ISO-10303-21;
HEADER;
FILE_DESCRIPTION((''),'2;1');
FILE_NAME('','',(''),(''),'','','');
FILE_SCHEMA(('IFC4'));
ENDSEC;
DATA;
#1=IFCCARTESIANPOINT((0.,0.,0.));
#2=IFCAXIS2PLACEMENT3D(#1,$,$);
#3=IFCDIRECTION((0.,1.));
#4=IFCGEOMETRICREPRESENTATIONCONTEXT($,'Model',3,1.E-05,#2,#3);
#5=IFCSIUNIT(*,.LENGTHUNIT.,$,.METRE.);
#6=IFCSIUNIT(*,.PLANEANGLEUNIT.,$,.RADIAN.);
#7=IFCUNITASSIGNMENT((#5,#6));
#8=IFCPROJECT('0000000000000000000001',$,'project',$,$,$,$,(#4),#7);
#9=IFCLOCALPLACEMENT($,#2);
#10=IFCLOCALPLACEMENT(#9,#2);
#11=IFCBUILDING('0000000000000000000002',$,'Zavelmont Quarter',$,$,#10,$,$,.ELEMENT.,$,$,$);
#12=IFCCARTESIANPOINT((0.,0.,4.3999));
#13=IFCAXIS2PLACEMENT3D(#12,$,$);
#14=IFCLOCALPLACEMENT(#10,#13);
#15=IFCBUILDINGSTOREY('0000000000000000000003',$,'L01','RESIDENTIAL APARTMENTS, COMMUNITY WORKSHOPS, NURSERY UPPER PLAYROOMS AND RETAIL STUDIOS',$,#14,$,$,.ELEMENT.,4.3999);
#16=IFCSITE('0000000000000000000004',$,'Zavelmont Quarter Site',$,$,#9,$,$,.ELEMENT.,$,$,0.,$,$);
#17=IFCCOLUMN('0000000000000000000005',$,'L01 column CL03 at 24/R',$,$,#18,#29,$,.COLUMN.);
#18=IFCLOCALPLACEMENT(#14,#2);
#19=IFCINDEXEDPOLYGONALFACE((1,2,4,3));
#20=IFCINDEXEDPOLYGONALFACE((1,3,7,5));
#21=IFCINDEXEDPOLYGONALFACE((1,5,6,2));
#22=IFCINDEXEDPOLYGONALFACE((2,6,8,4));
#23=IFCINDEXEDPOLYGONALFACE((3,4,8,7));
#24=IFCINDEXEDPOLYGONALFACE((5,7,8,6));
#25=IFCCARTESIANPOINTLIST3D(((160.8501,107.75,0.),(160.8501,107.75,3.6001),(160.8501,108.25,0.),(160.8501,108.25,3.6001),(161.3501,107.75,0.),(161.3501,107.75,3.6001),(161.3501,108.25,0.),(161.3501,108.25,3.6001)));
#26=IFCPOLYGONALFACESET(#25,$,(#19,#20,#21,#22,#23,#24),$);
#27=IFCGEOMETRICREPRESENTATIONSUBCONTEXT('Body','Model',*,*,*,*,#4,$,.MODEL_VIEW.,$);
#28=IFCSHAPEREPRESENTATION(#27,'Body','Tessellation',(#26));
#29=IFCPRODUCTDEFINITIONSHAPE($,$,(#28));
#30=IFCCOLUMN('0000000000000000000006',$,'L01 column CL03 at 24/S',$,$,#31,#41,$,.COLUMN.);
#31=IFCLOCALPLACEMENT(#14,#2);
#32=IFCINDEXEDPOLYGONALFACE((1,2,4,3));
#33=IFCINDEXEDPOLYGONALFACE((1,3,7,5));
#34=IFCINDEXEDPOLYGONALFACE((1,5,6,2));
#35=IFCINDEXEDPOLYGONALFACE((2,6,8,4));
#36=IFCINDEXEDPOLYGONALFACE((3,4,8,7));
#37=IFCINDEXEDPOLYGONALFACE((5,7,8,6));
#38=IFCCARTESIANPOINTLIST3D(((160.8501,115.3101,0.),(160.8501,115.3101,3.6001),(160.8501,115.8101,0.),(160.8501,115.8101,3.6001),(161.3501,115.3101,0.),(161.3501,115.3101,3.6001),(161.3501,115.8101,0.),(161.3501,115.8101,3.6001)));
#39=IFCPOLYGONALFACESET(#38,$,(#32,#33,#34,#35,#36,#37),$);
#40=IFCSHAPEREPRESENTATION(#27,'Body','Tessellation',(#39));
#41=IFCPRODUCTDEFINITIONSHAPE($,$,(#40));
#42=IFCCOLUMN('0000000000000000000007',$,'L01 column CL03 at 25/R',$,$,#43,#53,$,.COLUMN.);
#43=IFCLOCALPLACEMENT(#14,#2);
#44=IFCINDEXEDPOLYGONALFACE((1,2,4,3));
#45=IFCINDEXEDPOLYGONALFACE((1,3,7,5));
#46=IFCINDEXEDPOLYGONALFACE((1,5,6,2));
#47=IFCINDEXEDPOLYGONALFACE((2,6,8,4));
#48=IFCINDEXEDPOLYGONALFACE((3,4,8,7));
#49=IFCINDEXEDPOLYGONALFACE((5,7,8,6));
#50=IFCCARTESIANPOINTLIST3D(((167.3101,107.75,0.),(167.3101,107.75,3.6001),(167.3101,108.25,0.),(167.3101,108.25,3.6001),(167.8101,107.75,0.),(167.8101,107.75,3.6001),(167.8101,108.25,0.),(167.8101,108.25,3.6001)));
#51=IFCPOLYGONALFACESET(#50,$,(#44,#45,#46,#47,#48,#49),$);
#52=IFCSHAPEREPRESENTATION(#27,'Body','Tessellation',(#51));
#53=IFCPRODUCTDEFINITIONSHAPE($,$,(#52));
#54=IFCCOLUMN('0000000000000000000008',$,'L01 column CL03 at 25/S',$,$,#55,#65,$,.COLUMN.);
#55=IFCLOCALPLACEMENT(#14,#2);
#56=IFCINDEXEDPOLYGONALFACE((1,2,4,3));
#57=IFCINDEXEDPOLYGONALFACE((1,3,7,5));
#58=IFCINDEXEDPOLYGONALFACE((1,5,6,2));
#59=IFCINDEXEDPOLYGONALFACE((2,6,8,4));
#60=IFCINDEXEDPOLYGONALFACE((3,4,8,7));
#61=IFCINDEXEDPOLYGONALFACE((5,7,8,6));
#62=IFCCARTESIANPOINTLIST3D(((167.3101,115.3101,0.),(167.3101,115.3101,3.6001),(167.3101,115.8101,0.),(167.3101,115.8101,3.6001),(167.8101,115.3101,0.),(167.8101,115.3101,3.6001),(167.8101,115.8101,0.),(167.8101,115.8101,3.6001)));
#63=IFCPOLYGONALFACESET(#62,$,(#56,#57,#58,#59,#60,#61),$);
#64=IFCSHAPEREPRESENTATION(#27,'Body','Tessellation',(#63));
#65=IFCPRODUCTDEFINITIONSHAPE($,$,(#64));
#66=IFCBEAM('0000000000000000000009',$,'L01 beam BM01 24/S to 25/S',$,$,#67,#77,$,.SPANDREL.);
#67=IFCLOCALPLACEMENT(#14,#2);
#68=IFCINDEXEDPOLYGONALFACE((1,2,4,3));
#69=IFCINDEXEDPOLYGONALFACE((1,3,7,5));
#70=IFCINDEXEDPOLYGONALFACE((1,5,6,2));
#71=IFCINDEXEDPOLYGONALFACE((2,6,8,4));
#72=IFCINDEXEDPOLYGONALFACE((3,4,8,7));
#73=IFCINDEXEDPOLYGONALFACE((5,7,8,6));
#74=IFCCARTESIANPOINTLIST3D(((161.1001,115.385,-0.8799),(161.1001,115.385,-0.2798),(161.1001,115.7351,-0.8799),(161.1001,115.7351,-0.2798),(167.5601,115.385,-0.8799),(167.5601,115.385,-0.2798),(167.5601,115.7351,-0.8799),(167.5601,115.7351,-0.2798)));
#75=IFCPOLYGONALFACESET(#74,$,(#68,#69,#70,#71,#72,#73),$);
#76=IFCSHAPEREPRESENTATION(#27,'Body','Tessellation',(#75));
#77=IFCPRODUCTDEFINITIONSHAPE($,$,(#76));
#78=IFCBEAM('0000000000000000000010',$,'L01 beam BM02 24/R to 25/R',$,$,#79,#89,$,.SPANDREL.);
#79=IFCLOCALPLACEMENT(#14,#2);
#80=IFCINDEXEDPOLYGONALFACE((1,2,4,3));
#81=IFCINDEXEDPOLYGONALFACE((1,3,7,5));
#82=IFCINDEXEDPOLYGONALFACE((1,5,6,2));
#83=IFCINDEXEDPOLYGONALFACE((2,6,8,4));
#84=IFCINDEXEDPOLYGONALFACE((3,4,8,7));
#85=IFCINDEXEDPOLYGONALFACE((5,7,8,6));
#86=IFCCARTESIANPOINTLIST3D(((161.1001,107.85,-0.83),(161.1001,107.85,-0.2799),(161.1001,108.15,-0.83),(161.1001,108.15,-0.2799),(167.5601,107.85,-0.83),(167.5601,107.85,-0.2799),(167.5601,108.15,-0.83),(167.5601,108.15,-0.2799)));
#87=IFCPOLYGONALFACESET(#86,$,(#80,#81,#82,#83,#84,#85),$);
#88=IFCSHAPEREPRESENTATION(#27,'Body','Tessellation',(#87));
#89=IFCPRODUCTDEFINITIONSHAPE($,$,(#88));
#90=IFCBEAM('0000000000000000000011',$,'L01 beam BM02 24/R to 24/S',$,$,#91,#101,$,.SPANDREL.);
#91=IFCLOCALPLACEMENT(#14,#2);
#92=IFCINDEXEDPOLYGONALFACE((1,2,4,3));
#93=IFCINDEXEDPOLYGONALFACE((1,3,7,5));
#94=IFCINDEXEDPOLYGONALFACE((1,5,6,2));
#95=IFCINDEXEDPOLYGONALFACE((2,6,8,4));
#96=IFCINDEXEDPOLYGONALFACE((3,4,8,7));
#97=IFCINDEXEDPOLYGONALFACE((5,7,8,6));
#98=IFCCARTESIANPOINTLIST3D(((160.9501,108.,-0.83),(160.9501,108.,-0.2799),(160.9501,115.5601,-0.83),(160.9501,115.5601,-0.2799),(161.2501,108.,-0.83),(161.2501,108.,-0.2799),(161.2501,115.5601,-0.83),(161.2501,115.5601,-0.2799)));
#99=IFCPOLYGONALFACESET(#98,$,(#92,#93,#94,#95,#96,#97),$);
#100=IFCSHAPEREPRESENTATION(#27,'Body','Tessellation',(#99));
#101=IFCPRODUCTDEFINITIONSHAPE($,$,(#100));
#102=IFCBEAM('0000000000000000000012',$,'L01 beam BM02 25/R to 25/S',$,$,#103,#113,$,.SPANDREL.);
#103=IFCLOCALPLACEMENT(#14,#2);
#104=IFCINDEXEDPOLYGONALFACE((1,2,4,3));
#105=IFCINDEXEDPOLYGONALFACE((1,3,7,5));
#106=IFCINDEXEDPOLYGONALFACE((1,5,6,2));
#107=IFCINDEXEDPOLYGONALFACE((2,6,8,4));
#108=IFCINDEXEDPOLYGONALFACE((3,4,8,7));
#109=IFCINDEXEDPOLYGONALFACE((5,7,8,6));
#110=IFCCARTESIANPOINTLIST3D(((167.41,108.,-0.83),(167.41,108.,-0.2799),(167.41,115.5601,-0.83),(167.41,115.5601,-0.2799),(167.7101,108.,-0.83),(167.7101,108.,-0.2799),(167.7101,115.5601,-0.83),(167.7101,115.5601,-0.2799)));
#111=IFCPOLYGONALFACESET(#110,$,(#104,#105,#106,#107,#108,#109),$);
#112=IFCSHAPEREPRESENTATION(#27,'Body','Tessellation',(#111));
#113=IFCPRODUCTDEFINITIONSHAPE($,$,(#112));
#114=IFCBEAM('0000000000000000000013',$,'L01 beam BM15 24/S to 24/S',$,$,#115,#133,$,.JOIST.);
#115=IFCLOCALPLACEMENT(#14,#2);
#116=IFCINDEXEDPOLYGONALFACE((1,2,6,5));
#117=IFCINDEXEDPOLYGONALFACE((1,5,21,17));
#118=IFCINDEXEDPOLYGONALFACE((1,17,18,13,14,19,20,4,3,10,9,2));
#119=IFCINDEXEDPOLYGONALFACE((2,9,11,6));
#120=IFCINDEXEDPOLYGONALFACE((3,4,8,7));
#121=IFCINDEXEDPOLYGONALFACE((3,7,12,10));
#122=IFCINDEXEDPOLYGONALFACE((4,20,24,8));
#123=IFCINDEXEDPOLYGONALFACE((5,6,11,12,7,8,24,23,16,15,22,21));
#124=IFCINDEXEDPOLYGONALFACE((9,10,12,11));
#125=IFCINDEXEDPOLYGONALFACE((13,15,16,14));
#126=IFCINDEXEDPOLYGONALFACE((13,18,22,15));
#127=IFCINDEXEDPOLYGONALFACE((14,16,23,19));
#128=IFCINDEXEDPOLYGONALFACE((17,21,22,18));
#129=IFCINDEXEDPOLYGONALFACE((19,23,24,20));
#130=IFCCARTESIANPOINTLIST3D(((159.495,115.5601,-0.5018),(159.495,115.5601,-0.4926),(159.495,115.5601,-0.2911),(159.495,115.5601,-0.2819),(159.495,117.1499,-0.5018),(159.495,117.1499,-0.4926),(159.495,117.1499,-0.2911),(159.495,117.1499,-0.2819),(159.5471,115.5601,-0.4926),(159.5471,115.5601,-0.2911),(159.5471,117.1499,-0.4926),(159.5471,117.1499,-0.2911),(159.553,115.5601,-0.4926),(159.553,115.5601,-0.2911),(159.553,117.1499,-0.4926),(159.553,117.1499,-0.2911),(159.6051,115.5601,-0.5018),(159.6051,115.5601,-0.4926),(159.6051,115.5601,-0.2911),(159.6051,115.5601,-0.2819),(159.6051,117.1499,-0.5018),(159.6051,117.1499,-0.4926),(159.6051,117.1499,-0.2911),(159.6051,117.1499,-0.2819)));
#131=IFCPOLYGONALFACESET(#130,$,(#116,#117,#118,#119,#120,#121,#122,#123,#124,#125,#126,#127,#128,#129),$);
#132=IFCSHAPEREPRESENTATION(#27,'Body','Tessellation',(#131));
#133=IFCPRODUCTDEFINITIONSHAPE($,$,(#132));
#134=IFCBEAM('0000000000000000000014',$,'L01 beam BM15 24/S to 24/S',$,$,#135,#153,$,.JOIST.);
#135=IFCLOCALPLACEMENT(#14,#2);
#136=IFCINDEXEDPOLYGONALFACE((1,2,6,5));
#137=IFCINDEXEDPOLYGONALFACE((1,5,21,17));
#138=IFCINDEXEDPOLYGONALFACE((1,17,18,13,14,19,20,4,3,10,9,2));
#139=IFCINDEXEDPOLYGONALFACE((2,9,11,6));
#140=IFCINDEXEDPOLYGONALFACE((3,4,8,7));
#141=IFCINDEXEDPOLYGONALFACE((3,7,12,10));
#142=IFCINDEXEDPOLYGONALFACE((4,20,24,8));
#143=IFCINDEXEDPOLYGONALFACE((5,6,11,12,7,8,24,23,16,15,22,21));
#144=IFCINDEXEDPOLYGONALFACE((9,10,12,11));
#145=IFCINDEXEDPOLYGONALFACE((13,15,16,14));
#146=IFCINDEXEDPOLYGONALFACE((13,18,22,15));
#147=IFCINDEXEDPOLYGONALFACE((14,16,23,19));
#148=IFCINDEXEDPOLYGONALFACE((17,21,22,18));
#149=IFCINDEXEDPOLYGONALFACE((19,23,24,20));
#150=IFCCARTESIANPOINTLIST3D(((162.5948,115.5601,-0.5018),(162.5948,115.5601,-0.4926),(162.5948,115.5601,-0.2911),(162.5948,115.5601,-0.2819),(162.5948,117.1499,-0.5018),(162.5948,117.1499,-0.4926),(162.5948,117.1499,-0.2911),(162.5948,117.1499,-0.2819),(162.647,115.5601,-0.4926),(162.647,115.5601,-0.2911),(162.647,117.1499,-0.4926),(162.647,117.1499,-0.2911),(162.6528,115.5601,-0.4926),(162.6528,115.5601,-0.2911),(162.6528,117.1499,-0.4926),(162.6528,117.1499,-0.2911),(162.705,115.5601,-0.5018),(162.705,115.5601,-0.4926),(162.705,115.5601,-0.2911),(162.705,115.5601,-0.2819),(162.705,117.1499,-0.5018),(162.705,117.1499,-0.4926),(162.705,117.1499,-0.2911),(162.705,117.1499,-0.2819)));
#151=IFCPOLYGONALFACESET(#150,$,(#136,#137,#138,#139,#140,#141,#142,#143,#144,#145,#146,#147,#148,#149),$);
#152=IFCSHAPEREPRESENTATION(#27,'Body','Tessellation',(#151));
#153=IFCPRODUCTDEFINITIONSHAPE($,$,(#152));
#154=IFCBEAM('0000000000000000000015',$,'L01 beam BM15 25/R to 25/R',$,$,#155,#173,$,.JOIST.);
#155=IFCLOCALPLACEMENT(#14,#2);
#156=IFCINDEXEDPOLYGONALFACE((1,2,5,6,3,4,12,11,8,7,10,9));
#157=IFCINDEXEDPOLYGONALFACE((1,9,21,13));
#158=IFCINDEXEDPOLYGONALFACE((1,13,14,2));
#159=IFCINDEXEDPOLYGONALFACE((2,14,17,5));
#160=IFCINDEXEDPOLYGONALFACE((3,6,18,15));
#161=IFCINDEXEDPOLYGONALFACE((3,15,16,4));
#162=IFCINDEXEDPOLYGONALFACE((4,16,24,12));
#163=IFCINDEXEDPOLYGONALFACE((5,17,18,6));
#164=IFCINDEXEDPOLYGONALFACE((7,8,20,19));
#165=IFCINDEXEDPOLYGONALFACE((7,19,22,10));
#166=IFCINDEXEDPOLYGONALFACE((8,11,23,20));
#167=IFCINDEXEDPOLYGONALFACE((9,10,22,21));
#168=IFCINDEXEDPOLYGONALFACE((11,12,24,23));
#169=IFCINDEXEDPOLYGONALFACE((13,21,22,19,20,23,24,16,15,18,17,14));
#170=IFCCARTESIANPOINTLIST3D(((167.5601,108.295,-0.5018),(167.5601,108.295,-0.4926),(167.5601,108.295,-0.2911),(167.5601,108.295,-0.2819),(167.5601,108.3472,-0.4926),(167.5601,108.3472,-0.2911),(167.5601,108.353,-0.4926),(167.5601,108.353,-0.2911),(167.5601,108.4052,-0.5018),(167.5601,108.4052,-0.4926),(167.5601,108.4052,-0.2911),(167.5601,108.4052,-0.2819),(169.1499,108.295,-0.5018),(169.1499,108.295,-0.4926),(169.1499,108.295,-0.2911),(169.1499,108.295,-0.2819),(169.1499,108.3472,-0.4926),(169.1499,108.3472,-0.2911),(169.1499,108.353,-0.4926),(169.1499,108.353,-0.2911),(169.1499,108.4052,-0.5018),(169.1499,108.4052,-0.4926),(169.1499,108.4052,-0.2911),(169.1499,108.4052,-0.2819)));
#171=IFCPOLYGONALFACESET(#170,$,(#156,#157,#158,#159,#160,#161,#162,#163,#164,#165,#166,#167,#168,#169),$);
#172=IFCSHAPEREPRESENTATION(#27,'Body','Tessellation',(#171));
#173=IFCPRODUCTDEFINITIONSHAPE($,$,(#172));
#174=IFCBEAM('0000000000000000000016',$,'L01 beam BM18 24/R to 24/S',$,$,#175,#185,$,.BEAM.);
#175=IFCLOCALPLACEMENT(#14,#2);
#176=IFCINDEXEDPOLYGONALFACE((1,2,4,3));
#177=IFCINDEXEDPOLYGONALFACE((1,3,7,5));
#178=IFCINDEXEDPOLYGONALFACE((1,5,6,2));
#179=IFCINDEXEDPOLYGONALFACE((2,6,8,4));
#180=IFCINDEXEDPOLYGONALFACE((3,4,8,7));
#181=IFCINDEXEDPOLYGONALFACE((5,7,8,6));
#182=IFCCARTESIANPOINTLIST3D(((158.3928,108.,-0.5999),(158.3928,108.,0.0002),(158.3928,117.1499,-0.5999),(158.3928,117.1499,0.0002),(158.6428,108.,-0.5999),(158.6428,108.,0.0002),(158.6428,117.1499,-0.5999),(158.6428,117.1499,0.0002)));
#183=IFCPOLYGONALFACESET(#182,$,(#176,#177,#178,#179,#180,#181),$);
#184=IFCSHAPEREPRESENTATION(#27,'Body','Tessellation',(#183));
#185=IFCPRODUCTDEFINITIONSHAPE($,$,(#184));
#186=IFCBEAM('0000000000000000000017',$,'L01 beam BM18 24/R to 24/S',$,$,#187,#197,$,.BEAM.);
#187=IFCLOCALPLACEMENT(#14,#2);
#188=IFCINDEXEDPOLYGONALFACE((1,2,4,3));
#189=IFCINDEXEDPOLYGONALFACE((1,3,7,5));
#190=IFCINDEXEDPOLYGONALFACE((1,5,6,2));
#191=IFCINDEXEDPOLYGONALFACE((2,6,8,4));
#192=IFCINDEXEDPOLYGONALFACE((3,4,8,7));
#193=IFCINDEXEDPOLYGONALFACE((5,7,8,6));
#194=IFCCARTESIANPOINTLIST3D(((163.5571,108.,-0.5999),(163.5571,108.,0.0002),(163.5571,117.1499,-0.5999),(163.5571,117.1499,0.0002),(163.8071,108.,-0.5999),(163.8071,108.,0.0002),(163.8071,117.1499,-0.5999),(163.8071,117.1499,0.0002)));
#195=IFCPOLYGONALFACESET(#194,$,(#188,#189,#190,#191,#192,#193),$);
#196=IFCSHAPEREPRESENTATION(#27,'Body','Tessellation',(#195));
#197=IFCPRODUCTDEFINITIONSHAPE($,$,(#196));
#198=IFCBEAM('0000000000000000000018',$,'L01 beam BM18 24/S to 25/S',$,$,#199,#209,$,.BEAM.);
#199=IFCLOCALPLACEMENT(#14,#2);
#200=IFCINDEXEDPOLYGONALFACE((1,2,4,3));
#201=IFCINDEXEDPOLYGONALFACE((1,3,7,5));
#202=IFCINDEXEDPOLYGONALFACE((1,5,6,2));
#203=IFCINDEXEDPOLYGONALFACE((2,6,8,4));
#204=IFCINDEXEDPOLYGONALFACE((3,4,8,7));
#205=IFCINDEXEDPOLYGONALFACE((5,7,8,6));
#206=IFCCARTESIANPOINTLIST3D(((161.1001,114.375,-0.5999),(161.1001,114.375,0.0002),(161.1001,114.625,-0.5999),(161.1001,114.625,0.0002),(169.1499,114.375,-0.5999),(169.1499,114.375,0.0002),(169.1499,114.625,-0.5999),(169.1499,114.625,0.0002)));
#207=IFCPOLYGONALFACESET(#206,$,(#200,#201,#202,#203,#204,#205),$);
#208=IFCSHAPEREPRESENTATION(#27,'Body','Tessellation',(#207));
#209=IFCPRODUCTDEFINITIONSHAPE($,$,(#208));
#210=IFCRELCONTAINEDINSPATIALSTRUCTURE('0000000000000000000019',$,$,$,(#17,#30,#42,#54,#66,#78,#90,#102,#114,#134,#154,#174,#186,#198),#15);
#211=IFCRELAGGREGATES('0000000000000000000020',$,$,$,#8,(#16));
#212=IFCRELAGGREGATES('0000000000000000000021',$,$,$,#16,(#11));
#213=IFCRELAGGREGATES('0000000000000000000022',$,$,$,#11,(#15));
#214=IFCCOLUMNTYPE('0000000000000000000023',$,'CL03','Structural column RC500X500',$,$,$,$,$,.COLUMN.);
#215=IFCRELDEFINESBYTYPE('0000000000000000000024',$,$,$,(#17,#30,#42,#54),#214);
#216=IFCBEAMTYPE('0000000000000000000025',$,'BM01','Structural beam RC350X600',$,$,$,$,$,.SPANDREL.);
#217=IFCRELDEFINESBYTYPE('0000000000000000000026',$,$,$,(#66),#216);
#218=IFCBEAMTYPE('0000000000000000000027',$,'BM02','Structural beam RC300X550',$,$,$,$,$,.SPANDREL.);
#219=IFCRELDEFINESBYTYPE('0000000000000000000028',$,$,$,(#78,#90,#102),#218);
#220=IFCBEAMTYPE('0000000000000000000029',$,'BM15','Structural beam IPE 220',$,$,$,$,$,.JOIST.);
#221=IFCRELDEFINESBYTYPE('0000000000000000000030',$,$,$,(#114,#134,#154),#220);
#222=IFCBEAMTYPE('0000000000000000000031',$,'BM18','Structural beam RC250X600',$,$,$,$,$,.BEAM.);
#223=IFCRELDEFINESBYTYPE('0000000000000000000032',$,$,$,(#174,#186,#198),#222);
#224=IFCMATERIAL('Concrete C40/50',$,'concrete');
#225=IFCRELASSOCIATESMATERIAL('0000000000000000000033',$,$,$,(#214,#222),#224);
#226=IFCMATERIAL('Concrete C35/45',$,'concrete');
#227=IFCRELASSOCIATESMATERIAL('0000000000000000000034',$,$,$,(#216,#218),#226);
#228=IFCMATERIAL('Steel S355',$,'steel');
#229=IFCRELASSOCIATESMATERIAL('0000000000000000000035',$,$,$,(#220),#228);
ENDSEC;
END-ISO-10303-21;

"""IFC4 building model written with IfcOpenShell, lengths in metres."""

from ifc_helpers import new_model, si_unit, direction, frame, origin, origin_2d, place, context, subcontext, project, spatial, rectangle, i_section, extrude, material, material_profile, profile_set, type_object, element, save


model = new_model("IFC4")

# Units and contexts
model_context = context("Model", 3, precision=1e-05, world=origin(), true_north=direction((0.0, 1.0)))
body_context = subcontext(model_context, "Body", "Model", "MODEL_VIEW")
ifc_project = project(units=[si_unit("LENGTHUNIT", "METRE"), si_unit("PLANEANGLEUNIT", "RADIAN")], contexts=[model_context])

# Site, building, storey
site_placement = place(None, origin())
site = spatial("IfcSite", under=ifc_project, at=site_placement, Name="Zavelmont Quarter Site", CompositionType="ELEMENT", RefElevation=0.0)
building_placement = place(site_placement, origin())
building = spatial("IfcBuilding", under=site, at=building_placement, Name="Zavelmont Quarter", CompositionType="ELEMENT")
storey_placement = place(building_placement, frame((0.0, 0.0, 4.3999)))
storey = spatial("IfcBuildingStorey", under=building, at=storey_placement, Name="L01", Description="RESIDENTIAL APARTMENTS, COMMUNITY WORKSHOPS, NURSERY UPPER PLAYROOMS AND RETAIL STUDIOS", CompositionType="ELEMENT", Elevation=4.3999)

# Columns
ifc_material_1 = material(Name="Concrete C40/50", Category="concrete")
ifc_material_profile_1 = material_profile(ifc_material_1, rectangle(XDim=0.5, YDim=0.5, at=origin_2d()), Name="RC500X500")
ifc_profile_set_1 = profile_set([ifc_material_profile_1], Name="Concrete C40/50")
column_type = type_object("IfcColumnType", Name="CL03", Description="Structural column RC500X500", PredefinedType="COLUMN", material=ifc_profile_set_1)
for number, where, z_axis, x_axis, name in (
    (1, (161.1001, 108.0, 0.0), (0.0, 0.0, 1.0), (1.0, 0.0, 0.0), "L01 column CL03 at 24/R"),
    (2, (161.1001, 115.5601, 0.0), (0.0, 0.0, 1.0), (1.0, 0.0, 0.0), "L01 column CL03 at 24/S"),
    (3, (167.5601, 108.0, 0.0), (0.0, 0.0, 1.0), (1.0, 0.0, 0.0), "L01 column CL03 at 25/R"),
    (4, (167.5601, 115.5601, 0.0), (0.0, 0.0, 1.0), (1.0, 0.0, 0.0), "L01 column CL03 at 25/S"),
):
    element("IfcColumn", number, at=place(storey_placement, frame(where, z_axis=z_axis, x_axis=x_axis)), inside=storey, type_object=column_type, Name=name, PredefinedType="COLUMN", context=body_context, shape_type="SweptSolid", body=[
        extrude(rectangle(XDim=0.5, YDim=0.5, at=origin_2d()), origin(), (0.0, 0.0, 1.0), 3.6001),
    ])

# Beams
ifc_material_2 = material(Name="Concrete C35/45", Category="concrete")
ifc_material_profile_2 = material_profile(ifc_material_2, rectangle(XDim=0.3501, YDim=0.6001, at=origin_2d()), Name="RC350X600")
ifc_profile_set_2 = profile_set([ifc_material_profile_2], Name="Concrete C35/45")
beam_type_1 = type_object("IfcBeamType", Name="BM01", Description="Structural beam RC350X600", PredefinedType="SPANDREL", material=ifc_profile_set_2)
beam_1_placement = place(storey_placement, frame((161.1001, 115.5601, -0.5798), z_axis=(1.0, 0.0, 0.0), x_axis=(0.0, 1.0, 0.0)))
element("IfcBeam", 5, at=beam_1_placement, inside=storey, type_object=beam_type_1, Name="L01 beam BM01 24/S to 25/S", PredefinedType="SPANDREL", context=body_context, shape_type="SweptSolid", body=[
    extrude(rectangle(XDim=0.3501, YDim=0.6001, at=origin_2d()), origin(), (0.0, 0.0, 1.0), 6.46),
])
ifc_material_profile_3 = material_profile(ifc_material_2, rectangle(XDim=0.3, YDim=0.55, at=origin_2d()), Name="RC300X550")
ifc_profile_set_3 = profile_set([ifc_material_profile_3], Name="Concrete C35/45")
beam_type_2 = type_object("IfcBeamType", Name="BM02", Description="Structural beam RC300X550", PredefinedType="SPANDREL", material=ifc_profile_set_3)
beam_2_placement = place(storey_placement, frame((161.1001, 108.0, -0.5549), z_axis=(1.0, 0.0, 0.0), x_axis=(0.0, 1.0, 0.0)))
element("IfcBeam", 6, at=beam_2_placement, inside=storey, type_object=beam_type_2, Name="L01 beam BM02 24/R to 25/R", PredefinedType="SPANDREL", context=body_context, shape_type="SweptSolid", body=[
    extrude(rectangle(XDim=0.3, YDim=0.55, at=origin_2d()), origin(), (0.0, 0.0, 1.0), 6.46),
])
for number, where, z_axis, x_axis, name in (
    (7, (161.1001, 108.0, -0.5549), (0.0, 1.0, 0.0), (-1.0, 0.0, 0.0), "L01 beam BM02 24/R to 24/S"),
    (8, (167.5601, 108.0, -0.5549), (0.0, 1.0, 0.0), (-1.0, 0.0, 0.0), "L01 beam BM02 25/R to 25/S"),
):
    element("IfcBeam", number, at=place(storey_placement, frame(where, z_axis=z_axis, x_axis=x_axis)), inside=storey, type_object=beam_type_2, Name=name, PredefinedType="SPANDREL", context=body_context, shape_type="SweptSolid", body=[
        extrude(rectangle(XDim=0.3, YDim=0.55, at=origin_2d()), origin(), (0.0, 0.0, 1.0), 7.5601),
    ])
ifc_material_3 = material(Name="Steel S355", Category="steel")
ifc_material_profile_4 = material_profile(ifc_material_3, i_section(OverallWidth=0.1101, OverallDepth=0.22, WebThickness=0.0059, FlangeThickness=0.0093, at=origin_2d()), Name="IPE 220")
ifc_profile_set_4 = profile_set([ifc_material_profile_4], Name="Steel S355")
beam_type_3 = type_object("IfcBeamType", Name="BM15", Description="Structural beam IPE 220", PredefinedType="JOIST", material=ifc_profile_set_4)
for number, where, z_axis, x_axis, name in (
    (9, (159.55, 115.5601, -0.3918), (0.0, 1.0, 0.0), (-1.0, 0.0, 0.0), "L01 beam BM15 24/S to 24/S"),
    (10, (162.6499, 115.5601, -0.3918), (0.0, 1.0, 0.0), (-1.0, 0.0, 0.0), "L01 beam BM15 24/S to 24/S"),
    (11, (167.5601, 108.3501, -0.3918), (1.0, 0.0, 0.0), (0.0, 1.0, 0.0), "L01 beam BM15 25/R to 25/R"),
):
    element("IfcBeam", number, at=place(storey_placement, frame(where, z_axis=z_axis, x_axis=x_axis)), inside=storey, type_object=beam_type_3, Name=name, PredefinedType="JOIST", context=body_context, shape_type="SweptSolid", body=[
        extrude(i_section(OverallWidth=0.1101, OverallDepth=0.22, WebThickness=0.0059, FlangeThickness=0.0093, at=origin_2d()), origin(), (0.0, 0.0, 1.0), 1.5898),
    ])
ifc_material_profile_5 = material_profile(ifc_material_1, rectangle(XDim=0.25, YDim=0.6001, at=origin_2d()), Name="RC250X600")
ifc_profile_set_5 = profile_set([ifc_material_profile_5], Name="Concrete C40/50")
beam_type_4 = type_object("IfcBeamType", Name="BM18", Description="Structural beam RC250X600", PredefinedType="BEAM", material=ifc_profile_set_5)
for number, where, z_axis, x_axis, name in (
    (12, (158.5178, 108.0, -0.2998), (0.0, 1.0, 0.0), (-1.0, 0.0, 0.0), "L01 beam BM18 24/R to 24/S"),
    (13, (163.6821, 108.0, -0.2998), (0.0, 1.0, 0.0), (-1.0, 0.0, 0.0), "L01 beam BM18 24/R to 24/S"),
):
    element("IfcBeam", number, at=place(storey_placement, frame(where, z_axis=z_axis, x_axis=x_axis)), inside=storey, type_object=beam_type_4, Name=name, PredefinedType="BEAM", context=body_context, shape_type="SweptSolid", body=[
        extrude(rectangle(XDim=0.25, YDim=0.6001, at=origin_2d()), origin(), (0.0, 0.0, 1.0), 9.1499),
    ])
beam_3_placement = place(storey_placement, frame((161.1001, 114.5, -0.2998), z_axis=(1.0, 0.0, 0.0), x_axis=(0.0, 1.0, 0.0)))
element("IfcBeam", 14, at=beam_3_placement, inside=storey, type_object=beam_type_4, Name="L01 beam BM18 24/S to 25/S", PredefinedType="BEAM", context=body_context, shape_type="SweptSolid", body=[
    extrude(rectangle(XDim=0.25, YDim=0.6001, at=origin_2d()), origin(), (0.0, 0.0, 1.0), 8.0498),
])

save(model, "model.ifc")
